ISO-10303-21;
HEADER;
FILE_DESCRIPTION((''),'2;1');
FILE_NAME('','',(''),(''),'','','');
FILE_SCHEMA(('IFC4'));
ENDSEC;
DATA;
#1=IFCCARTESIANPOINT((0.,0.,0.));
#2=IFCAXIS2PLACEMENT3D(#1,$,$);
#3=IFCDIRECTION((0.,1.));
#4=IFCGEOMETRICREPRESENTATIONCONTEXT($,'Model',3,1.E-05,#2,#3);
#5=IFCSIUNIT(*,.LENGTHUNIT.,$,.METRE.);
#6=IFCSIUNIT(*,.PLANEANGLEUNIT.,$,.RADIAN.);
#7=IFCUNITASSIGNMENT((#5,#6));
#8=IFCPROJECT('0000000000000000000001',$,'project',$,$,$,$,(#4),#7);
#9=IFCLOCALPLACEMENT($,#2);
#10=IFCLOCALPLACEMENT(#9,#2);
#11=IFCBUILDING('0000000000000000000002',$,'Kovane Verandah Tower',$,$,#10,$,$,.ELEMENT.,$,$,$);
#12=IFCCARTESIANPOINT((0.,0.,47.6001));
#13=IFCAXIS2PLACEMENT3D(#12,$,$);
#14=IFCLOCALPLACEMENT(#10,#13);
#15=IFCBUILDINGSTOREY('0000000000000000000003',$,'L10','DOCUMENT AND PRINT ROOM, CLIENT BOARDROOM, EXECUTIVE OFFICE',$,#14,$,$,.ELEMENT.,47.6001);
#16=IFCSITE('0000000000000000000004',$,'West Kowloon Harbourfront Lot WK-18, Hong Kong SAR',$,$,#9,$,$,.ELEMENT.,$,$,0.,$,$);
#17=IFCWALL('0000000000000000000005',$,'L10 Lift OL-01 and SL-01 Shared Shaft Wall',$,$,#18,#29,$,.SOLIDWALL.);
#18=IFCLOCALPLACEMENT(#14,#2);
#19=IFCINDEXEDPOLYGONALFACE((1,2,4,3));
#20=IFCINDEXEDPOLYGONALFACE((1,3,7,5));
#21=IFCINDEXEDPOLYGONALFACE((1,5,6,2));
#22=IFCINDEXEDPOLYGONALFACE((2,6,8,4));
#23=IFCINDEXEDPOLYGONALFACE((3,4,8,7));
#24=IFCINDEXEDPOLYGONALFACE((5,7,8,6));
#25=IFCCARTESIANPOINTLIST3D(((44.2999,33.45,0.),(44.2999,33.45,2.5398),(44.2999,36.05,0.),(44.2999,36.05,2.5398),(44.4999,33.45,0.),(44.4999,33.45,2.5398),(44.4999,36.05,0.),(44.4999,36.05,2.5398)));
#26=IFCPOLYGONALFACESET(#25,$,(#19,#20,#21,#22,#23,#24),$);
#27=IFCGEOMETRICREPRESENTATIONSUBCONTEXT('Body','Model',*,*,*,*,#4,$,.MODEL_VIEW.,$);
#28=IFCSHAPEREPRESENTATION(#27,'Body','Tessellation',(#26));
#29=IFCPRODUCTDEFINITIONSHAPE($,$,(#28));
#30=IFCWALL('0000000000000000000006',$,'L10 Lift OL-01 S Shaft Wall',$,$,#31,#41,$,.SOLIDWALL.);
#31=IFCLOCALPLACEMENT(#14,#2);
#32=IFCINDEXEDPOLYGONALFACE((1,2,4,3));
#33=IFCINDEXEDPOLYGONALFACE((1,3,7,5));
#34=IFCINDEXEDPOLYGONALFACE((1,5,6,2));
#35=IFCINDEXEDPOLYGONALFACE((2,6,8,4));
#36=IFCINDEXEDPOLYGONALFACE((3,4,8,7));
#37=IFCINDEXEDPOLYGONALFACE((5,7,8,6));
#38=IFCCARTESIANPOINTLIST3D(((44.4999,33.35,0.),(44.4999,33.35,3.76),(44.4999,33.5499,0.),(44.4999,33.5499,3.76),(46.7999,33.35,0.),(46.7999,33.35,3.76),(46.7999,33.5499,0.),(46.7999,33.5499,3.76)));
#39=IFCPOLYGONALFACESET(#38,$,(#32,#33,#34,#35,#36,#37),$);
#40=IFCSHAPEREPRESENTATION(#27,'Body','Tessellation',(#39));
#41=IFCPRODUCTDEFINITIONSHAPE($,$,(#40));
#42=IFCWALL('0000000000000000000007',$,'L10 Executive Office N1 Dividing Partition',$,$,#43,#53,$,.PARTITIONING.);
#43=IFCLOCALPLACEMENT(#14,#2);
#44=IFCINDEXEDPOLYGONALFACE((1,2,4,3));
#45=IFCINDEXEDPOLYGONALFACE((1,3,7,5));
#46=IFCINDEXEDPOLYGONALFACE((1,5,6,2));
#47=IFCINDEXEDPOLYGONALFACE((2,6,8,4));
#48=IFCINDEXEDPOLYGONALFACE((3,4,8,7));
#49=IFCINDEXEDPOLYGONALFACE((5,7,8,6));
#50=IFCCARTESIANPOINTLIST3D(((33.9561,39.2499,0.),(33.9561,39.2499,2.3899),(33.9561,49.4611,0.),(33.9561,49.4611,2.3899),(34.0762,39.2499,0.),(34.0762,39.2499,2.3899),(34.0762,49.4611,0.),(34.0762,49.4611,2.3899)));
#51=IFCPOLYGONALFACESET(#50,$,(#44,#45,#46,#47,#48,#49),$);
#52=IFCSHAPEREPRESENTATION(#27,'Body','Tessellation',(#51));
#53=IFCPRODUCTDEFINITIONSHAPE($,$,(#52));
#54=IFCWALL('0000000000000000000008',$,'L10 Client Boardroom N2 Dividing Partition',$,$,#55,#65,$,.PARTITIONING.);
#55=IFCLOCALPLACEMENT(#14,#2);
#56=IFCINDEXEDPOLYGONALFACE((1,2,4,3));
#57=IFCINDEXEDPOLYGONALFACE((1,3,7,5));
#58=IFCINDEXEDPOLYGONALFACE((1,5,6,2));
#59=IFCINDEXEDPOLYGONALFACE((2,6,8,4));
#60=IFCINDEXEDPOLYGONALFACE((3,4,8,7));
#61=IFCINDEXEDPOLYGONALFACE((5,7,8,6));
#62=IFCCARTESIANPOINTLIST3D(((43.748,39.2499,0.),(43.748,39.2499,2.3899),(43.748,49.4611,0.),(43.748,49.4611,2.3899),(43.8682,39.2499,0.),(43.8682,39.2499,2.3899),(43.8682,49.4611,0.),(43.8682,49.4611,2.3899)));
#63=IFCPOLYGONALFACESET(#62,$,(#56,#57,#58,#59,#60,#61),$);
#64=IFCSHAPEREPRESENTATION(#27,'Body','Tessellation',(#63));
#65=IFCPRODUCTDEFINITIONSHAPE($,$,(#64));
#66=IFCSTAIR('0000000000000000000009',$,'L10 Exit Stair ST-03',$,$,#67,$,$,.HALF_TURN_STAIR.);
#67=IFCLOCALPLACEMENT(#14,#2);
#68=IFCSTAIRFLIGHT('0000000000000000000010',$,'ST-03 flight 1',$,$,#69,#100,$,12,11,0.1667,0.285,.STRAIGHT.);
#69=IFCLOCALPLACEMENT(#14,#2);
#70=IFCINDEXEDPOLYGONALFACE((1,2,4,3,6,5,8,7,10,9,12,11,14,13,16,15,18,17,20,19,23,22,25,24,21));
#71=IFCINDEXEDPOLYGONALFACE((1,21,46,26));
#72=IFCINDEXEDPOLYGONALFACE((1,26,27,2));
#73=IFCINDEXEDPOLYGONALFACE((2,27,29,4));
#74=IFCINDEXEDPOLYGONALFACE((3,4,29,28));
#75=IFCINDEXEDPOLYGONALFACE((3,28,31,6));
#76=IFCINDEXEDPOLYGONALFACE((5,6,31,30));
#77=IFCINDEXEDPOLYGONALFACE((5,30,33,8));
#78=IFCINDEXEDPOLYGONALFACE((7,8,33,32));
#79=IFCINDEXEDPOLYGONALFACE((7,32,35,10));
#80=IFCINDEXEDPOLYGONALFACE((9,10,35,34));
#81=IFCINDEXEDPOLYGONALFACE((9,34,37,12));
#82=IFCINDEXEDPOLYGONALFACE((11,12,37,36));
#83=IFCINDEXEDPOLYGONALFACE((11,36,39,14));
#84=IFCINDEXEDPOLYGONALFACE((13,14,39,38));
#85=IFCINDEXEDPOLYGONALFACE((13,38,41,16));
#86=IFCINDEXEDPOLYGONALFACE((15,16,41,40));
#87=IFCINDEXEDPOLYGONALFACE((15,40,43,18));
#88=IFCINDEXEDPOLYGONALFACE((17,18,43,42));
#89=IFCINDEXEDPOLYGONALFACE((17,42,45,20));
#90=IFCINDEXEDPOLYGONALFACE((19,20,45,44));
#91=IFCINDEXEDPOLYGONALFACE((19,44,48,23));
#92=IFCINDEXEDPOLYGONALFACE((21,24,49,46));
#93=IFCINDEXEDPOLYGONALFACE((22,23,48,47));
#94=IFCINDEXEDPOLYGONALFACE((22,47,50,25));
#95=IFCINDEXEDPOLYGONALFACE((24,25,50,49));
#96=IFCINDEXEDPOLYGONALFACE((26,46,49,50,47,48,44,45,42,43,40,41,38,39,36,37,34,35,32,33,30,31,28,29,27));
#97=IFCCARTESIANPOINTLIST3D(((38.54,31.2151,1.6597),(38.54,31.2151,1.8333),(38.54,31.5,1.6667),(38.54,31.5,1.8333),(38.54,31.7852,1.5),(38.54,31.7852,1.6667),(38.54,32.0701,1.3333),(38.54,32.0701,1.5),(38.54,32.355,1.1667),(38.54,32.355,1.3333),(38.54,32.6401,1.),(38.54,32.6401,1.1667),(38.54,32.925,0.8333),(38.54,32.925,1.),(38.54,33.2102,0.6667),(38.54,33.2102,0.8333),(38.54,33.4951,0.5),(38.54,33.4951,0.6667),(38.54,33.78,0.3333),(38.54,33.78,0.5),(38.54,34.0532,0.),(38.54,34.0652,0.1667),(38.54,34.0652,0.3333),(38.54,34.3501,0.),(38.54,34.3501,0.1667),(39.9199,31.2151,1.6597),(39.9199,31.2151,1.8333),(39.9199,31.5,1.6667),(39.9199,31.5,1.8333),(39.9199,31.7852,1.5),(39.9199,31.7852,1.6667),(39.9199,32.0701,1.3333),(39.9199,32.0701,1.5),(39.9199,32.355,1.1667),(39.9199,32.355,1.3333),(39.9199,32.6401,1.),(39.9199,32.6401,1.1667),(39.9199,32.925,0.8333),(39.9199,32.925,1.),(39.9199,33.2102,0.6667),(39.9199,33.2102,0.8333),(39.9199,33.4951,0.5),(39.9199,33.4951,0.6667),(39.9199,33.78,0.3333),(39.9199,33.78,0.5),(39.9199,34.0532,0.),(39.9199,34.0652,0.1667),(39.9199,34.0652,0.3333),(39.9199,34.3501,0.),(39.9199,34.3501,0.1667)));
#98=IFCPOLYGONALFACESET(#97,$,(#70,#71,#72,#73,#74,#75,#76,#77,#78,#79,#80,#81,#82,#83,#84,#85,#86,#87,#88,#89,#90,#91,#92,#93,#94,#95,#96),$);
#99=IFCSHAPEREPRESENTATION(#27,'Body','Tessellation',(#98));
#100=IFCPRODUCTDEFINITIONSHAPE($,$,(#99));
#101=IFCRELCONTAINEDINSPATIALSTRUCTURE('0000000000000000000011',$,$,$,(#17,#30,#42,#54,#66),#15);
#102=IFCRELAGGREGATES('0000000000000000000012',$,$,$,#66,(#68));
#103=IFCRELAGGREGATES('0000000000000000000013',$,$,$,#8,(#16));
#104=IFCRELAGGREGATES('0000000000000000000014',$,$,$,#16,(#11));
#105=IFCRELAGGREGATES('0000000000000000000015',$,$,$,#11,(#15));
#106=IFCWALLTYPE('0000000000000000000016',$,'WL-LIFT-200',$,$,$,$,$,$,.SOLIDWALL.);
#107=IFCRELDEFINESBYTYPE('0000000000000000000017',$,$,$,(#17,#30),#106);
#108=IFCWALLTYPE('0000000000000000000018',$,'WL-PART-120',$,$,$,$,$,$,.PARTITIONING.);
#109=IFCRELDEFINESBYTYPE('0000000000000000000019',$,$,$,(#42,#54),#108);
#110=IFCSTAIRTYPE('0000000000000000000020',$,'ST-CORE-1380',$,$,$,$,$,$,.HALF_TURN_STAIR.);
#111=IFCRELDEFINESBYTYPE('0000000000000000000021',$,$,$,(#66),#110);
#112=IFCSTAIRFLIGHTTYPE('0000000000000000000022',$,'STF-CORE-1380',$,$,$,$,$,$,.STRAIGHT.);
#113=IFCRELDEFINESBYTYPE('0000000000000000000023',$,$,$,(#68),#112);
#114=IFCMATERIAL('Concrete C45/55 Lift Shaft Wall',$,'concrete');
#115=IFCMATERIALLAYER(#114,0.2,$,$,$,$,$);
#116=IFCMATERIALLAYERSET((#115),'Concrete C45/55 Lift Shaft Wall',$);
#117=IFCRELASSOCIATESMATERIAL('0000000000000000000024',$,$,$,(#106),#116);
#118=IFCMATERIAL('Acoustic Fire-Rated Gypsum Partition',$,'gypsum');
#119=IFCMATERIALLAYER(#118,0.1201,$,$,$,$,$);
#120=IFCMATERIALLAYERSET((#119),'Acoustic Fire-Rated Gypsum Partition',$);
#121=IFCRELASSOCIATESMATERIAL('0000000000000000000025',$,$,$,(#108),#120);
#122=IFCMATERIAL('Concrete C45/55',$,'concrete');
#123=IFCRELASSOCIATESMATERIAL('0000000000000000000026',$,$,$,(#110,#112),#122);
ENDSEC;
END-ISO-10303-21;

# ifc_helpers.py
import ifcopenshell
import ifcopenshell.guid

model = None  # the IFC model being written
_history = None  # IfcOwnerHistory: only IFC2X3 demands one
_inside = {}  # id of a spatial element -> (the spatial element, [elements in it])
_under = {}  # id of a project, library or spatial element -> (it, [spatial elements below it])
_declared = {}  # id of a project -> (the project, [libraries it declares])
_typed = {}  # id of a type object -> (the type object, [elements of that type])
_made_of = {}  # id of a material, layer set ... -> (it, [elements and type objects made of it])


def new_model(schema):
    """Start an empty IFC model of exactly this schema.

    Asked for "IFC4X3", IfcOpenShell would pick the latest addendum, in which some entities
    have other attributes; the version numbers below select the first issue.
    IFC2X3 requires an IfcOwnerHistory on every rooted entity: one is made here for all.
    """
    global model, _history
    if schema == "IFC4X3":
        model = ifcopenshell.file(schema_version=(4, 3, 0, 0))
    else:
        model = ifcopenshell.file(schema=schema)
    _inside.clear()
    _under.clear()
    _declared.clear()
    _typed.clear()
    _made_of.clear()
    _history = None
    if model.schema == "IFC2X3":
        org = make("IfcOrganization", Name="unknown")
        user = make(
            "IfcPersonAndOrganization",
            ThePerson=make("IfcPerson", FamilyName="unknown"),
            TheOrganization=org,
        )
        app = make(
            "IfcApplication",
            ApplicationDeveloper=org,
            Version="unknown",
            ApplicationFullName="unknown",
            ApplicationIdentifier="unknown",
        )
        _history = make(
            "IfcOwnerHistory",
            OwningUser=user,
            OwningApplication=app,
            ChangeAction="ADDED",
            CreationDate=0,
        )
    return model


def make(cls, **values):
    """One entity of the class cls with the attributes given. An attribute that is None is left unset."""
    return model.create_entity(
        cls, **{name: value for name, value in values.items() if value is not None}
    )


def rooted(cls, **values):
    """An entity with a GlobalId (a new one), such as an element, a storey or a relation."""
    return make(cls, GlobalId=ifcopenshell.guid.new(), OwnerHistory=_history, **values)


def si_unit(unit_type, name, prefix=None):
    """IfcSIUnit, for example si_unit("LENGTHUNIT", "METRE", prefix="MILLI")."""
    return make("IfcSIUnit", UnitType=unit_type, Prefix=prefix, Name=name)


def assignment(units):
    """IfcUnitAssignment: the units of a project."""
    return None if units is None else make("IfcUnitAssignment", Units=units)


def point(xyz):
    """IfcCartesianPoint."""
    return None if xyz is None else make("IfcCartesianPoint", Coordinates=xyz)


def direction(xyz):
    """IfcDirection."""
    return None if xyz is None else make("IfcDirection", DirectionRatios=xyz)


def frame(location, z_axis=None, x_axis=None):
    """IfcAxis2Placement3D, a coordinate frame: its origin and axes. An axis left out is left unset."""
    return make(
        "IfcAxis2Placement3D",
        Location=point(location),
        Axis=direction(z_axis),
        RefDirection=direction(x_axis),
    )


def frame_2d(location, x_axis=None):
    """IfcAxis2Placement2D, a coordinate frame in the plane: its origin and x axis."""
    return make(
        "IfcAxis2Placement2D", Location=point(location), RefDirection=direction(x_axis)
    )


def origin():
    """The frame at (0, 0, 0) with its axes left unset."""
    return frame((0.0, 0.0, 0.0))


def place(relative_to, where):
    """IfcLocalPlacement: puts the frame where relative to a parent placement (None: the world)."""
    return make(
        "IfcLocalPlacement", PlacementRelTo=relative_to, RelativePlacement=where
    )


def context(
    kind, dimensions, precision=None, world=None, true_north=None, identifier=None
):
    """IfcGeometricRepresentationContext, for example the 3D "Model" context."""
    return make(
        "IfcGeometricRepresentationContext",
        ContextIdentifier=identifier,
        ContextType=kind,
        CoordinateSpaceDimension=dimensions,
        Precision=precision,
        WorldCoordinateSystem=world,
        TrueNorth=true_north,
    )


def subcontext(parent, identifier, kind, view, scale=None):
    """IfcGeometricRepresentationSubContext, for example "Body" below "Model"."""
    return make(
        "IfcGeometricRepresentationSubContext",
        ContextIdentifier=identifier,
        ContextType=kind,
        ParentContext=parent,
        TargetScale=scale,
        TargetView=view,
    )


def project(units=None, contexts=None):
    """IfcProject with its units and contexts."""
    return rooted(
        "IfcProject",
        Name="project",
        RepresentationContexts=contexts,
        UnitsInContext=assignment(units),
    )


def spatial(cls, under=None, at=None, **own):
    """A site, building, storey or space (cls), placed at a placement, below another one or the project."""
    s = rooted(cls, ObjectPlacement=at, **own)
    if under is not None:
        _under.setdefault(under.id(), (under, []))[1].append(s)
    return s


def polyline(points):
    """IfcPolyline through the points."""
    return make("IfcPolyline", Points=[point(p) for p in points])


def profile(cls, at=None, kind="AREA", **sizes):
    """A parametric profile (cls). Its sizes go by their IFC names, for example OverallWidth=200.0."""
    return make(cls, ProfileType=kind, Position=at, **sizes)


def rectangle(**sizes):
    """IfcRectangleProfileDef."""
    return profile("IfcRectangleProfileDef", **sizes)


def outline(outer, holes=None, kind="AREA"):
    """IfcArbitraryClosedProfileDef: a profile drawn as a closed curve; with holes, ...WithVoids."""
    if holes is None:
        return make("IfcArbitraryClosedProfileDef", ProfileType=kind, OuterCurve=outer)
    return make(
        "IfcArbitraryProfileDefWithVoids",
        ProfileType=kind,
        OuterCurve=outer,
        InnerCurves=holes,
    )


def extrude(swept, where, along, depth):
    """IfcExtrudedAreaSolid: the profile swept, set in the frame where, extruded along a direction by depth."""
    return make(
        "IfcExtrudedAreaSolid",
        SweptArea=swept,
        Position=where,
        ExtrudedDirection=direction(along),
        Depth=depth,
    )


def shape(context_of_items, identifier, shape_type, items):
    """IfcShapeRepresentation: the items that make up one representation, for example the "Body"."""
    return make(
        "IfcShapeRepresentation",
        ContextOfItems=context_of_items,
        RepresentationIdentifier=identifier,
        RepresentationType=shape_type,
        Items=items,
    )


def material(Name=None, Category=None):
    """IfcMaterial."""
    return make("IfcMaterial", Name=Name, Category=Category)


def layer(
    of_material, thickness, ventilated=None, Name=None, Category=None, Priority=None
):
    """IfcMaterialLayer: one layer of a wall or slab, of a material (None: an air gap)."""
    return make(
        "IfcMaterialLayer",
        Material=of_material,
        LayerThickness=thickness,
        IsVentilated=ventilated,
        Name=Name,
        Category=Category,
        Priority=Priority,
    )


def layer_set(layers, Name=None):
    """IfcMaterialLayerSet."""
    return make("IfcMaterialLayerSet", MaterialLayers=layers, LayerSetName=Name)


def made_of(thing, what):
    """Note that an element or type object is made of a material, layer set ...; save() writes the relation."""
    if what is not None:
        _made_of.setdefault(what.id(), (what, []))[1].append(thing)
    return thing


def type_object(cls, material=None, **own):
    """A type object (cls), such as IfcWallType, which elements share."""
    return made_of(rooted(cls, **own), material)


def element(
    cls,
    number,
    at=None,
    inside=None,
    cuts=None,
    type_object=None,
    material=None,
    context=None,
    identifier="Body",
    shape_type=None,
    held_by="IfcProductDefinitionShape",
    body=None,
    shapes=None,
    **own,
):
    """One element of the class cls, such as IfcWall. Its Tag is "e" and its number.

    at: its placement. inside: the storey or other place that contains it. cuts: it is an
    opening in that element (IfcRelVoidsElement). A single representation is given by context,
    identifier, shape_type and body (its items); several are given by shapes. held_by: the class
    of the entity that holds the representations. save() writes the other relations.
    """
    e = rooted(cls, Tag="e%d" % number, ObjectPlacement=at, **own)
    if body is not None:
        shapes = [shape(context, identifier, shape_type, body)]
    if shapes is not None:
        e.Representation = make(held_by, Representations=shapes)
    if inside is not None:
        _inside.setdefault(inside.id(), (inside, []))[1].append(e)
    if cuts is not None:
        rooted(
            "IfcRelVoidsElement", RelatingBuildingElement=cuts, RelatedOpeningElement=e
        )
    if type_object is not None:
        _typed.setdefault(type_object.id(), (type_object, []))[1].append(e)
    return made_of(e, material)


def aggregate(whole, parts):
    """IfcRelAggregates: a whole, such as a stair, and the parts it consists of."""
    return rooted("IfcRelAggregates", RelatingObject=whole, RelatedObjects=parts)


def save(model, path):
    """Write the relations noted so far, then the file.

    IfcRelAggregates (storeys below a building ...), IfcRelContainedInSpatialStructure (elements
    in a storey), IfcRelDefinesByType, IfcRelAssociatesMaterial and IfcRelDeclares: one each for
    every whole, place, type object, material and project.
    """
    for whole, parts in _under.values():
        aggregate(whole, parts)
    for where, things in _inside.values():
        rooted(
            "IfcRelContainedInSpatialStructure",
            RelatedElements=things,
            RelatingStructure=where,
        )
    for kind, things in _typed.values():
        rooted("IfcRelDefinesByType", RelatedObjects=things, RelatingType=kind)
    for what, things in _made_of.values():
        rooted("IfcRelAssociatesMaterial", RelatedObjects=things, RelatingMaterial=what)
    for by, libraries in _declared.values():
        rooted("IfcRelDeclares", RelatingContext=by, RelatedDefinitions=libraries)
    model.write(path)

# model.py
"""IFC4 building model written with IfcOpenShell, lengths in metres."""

from ifc_helpers import new_model, si_unit, direction, frame, frame_2d, origin, place, context, subcontext, project, spatial, polyline, rectangle, outline, extrude, material, layer, layer_set, type_object, element, aggregate, save


model = new_model("IFC4")

# Units and contexts
model_context = context("Model", 3, precision=1e-05, world=origin(), true_north=direction((0.0, 1.0)))
body_context = subcontext(model_context, "Body", "Model", "MODEL_VIEW")
ifc_project = project(units=[si_unit("LENGTHUNIT", "METRE"), si_unit("PLANEANGLEUNIT", "RADIAN")], contexts=[model_context])

# Site, building, storey
site_placement = place(None, origin())
site = spatial("IfcSite", under=ifc_project, at=site_placement, Name="West Kowloon Harbourfront Lot WK-18, Hong Kong SAR", CompositionType="ELEMENT", RefElevation=0.0)
building_placement = place(site_placement, origin())
building = spatial("IfcBuilding", under=site, at=building_placement, Name="Kovane Verandah Tower", CompositionType="ELEMENT")
storey_placement = place(building_placement, frame((0.0, 0.0, 47.6001)))
storey = spatial("IfcBuildingStorey", under=building, at=storey_placement, Name="L10", Description="DOCUMENT AND PRINT ROOM, CLIENT BOARDROOM, EXECUTIVE OFFICE", CompositionType="ELEMENT", Elevation=47.6001)

# Walls
ifc_material_1 = material(Name="Concrete C45/55 Lift Shaft Wall", Category="concrete")
ifc_layer_1 = layer(ifc_material_1, 0.2)
ifc_layer_set_1 = layer_set([ifc_layer_1], Name="Concrete C45/55 Lift Shaft Wall")
wall_type_1 = type_object("IfcWallType", Name="WL-LIFT-200", PredefinedType="SOLIDWALL", material=ifc_layer_set_1)
for number, where, z_axis, x_axis, name in (
    (1, (44.3999, 33.45, 0.0), (0.0, 0.0, 1.0), (0.0, 1.0, 0.0), "L10 Lift OL-01 and SL-01 Shared Shaft Wall"),
):
    element("IfcWall", number, at=place(storey_placement, frame(where, z_axis=z_axis, x_axis=x_axis)), inside=storey, type_object=wall_type_1, Name=name, PredefinedType="SOLIDWALL", context=body_context, shape_type="SweptSolid", body=[
        extrude(rectangle(XDim=2.6001, YDim=0.2, at=frame_2d((1.3, 0.0))), origin(), (0.0, 0.0, 1.0), 2.5398),
    ])
wall_1_placement = place(storey_placement, frame((44.5, 33.45, 0.0), z_axis=(0.0, 0.0, 1.0), x_axis=(1.0, 0.0, 0.0)))
element("IfcWall", 2, at=wall_1_placement, inside=storey, type_object=wall_type_1, Name="L10 Lift OL-01 S Shaft Wall", PredefinedType="SOLIDWALL", context=body_context, shape_type="SweptSolid", body=[
    extrude(rectangle(XDim=2.3, YDim=0.2, at=frame_2d((1.1499, 0.0))), origin(), (0.0, 0.0, 1.0), 3.76),
])
ifc_material_2 = material(Name="Acoustic Fire-Rated Gypsum Partition", Category="gypsum")
ifc_layer_2 = layer(ifc_material_2, 0.1201)
ifc_layer_set_2 = layer_set([ifc_layer_2], Name="Acoustic Fire-Rated Gypsum Partition")
wall_type_2 = type_object("IfcWallType", Name="WL-PART-120", PredefinedType="PARTITIONING", material=ifc_layer_set_2)
for number, where, z_axis, x_axis, name in (
    (3, (34.0161, 39.25, 0.0), (0.0, 0.0, 1.0), (0.0, 1.0, 0.0), "L10 Executive Office N1 Dividing Partition"),
    (4, (43.8081, 39.25, 0.0), (0.0, 0.0, 1.0), (0.0, 1.0, 0.0), "L10 Client Boardroom N2 Dividing Partition"),
):
    element("IfcWall", number, at=place(storey_placement, frame(where, z_axis=z_axis, x_axis=x_axis)), inside=storey, type_object=wall_type_2, Name=name, PredefinedType="PARTITIONING", context=body_context, shape_type="SweptSolid", body=[
        extrude(rectangle(XDim=10.2112, YDim=0.1201, at=frame_2d((5.1055, 0.0))), origin(), (0.0, 0.0, 1.0), 2.3899),
    ])

# Stair, stair flight
ifc_material_3 = material(Name="Concrete C45/55", Category="concrete")
stair_type = type_object("IfcStairType", Name="ST-CORE-1380", PredefinedType="HALF_TURN_STAIR", material=ifc_material_3)
stair_placement = place(storey_placement, origin())
stair = element("IfcStair", 5, at=stair_placement, inside=storey, type_object=stair_type, Name="L10 Exit Stair ST-03", PredefinedType="HALF_TURN_STAIR")
stair_flight_type = type_object("IfcStairFlightType", Name="STF-CORE-1380", PredefinedType="STRAIGHT", material=ifc_material_3)
stair_flight_placement = place(storey_placement, frame((39.23, 34.3501, 0.0), z_axis=(0.0, 0.0, 1.0), x_axis=(0.0, -1.0, 0.0)))
stair_flight = element("IfcStairFlight", 6, at=stair_flight_placement, type_object=stair_flight_type, Name="ST-03 flight 1", NumberOfRisers=12, NumberOfTreads=11, PredefinedType="STRAIGHT", RiserHeight=0.1667, TreadLength=0.285, context=body_context, shape_type="SweptSolid", body=[
    extrude(outline(polyline([(0.0, 0.0), (0.0, 0.1667), (0.2849, 0.1667), (0.2849, 0.3333), (0.5701, 0.3333), (0.5701, 0.5), (0.855, 0.5), (0.855, 0.6667), (1.1399, 0.6667), (1.1399, 0.8333), (1.425, 0.8333), (1.425, 1.0), (1.71, 1.0), (1.71, 1.1667), (1.9951, 1.1667), (1.9951, 1.3333), (2.28, 1.3333), (2.28, 1.5), (2.5649, 1.5), (2.5649, 1.6667), (2.8501, 1.6667), (2.8501, 1.8333), (3.135, 1.8333), (3.135, 2.0), (3.135, 1.6597), (0.2969, 0.0), (0.0, 0.0)])), frame((0.0, 0.6899, 0.0), z_axis=(0.0, -1.0, 0.0), x_axis=(1.0, 0.0, 0.0)), (0.0, 0.0, 1.0), 1.3799),
])
aggregate(stair, [stair_flight])

save(model, "model.ifc")
